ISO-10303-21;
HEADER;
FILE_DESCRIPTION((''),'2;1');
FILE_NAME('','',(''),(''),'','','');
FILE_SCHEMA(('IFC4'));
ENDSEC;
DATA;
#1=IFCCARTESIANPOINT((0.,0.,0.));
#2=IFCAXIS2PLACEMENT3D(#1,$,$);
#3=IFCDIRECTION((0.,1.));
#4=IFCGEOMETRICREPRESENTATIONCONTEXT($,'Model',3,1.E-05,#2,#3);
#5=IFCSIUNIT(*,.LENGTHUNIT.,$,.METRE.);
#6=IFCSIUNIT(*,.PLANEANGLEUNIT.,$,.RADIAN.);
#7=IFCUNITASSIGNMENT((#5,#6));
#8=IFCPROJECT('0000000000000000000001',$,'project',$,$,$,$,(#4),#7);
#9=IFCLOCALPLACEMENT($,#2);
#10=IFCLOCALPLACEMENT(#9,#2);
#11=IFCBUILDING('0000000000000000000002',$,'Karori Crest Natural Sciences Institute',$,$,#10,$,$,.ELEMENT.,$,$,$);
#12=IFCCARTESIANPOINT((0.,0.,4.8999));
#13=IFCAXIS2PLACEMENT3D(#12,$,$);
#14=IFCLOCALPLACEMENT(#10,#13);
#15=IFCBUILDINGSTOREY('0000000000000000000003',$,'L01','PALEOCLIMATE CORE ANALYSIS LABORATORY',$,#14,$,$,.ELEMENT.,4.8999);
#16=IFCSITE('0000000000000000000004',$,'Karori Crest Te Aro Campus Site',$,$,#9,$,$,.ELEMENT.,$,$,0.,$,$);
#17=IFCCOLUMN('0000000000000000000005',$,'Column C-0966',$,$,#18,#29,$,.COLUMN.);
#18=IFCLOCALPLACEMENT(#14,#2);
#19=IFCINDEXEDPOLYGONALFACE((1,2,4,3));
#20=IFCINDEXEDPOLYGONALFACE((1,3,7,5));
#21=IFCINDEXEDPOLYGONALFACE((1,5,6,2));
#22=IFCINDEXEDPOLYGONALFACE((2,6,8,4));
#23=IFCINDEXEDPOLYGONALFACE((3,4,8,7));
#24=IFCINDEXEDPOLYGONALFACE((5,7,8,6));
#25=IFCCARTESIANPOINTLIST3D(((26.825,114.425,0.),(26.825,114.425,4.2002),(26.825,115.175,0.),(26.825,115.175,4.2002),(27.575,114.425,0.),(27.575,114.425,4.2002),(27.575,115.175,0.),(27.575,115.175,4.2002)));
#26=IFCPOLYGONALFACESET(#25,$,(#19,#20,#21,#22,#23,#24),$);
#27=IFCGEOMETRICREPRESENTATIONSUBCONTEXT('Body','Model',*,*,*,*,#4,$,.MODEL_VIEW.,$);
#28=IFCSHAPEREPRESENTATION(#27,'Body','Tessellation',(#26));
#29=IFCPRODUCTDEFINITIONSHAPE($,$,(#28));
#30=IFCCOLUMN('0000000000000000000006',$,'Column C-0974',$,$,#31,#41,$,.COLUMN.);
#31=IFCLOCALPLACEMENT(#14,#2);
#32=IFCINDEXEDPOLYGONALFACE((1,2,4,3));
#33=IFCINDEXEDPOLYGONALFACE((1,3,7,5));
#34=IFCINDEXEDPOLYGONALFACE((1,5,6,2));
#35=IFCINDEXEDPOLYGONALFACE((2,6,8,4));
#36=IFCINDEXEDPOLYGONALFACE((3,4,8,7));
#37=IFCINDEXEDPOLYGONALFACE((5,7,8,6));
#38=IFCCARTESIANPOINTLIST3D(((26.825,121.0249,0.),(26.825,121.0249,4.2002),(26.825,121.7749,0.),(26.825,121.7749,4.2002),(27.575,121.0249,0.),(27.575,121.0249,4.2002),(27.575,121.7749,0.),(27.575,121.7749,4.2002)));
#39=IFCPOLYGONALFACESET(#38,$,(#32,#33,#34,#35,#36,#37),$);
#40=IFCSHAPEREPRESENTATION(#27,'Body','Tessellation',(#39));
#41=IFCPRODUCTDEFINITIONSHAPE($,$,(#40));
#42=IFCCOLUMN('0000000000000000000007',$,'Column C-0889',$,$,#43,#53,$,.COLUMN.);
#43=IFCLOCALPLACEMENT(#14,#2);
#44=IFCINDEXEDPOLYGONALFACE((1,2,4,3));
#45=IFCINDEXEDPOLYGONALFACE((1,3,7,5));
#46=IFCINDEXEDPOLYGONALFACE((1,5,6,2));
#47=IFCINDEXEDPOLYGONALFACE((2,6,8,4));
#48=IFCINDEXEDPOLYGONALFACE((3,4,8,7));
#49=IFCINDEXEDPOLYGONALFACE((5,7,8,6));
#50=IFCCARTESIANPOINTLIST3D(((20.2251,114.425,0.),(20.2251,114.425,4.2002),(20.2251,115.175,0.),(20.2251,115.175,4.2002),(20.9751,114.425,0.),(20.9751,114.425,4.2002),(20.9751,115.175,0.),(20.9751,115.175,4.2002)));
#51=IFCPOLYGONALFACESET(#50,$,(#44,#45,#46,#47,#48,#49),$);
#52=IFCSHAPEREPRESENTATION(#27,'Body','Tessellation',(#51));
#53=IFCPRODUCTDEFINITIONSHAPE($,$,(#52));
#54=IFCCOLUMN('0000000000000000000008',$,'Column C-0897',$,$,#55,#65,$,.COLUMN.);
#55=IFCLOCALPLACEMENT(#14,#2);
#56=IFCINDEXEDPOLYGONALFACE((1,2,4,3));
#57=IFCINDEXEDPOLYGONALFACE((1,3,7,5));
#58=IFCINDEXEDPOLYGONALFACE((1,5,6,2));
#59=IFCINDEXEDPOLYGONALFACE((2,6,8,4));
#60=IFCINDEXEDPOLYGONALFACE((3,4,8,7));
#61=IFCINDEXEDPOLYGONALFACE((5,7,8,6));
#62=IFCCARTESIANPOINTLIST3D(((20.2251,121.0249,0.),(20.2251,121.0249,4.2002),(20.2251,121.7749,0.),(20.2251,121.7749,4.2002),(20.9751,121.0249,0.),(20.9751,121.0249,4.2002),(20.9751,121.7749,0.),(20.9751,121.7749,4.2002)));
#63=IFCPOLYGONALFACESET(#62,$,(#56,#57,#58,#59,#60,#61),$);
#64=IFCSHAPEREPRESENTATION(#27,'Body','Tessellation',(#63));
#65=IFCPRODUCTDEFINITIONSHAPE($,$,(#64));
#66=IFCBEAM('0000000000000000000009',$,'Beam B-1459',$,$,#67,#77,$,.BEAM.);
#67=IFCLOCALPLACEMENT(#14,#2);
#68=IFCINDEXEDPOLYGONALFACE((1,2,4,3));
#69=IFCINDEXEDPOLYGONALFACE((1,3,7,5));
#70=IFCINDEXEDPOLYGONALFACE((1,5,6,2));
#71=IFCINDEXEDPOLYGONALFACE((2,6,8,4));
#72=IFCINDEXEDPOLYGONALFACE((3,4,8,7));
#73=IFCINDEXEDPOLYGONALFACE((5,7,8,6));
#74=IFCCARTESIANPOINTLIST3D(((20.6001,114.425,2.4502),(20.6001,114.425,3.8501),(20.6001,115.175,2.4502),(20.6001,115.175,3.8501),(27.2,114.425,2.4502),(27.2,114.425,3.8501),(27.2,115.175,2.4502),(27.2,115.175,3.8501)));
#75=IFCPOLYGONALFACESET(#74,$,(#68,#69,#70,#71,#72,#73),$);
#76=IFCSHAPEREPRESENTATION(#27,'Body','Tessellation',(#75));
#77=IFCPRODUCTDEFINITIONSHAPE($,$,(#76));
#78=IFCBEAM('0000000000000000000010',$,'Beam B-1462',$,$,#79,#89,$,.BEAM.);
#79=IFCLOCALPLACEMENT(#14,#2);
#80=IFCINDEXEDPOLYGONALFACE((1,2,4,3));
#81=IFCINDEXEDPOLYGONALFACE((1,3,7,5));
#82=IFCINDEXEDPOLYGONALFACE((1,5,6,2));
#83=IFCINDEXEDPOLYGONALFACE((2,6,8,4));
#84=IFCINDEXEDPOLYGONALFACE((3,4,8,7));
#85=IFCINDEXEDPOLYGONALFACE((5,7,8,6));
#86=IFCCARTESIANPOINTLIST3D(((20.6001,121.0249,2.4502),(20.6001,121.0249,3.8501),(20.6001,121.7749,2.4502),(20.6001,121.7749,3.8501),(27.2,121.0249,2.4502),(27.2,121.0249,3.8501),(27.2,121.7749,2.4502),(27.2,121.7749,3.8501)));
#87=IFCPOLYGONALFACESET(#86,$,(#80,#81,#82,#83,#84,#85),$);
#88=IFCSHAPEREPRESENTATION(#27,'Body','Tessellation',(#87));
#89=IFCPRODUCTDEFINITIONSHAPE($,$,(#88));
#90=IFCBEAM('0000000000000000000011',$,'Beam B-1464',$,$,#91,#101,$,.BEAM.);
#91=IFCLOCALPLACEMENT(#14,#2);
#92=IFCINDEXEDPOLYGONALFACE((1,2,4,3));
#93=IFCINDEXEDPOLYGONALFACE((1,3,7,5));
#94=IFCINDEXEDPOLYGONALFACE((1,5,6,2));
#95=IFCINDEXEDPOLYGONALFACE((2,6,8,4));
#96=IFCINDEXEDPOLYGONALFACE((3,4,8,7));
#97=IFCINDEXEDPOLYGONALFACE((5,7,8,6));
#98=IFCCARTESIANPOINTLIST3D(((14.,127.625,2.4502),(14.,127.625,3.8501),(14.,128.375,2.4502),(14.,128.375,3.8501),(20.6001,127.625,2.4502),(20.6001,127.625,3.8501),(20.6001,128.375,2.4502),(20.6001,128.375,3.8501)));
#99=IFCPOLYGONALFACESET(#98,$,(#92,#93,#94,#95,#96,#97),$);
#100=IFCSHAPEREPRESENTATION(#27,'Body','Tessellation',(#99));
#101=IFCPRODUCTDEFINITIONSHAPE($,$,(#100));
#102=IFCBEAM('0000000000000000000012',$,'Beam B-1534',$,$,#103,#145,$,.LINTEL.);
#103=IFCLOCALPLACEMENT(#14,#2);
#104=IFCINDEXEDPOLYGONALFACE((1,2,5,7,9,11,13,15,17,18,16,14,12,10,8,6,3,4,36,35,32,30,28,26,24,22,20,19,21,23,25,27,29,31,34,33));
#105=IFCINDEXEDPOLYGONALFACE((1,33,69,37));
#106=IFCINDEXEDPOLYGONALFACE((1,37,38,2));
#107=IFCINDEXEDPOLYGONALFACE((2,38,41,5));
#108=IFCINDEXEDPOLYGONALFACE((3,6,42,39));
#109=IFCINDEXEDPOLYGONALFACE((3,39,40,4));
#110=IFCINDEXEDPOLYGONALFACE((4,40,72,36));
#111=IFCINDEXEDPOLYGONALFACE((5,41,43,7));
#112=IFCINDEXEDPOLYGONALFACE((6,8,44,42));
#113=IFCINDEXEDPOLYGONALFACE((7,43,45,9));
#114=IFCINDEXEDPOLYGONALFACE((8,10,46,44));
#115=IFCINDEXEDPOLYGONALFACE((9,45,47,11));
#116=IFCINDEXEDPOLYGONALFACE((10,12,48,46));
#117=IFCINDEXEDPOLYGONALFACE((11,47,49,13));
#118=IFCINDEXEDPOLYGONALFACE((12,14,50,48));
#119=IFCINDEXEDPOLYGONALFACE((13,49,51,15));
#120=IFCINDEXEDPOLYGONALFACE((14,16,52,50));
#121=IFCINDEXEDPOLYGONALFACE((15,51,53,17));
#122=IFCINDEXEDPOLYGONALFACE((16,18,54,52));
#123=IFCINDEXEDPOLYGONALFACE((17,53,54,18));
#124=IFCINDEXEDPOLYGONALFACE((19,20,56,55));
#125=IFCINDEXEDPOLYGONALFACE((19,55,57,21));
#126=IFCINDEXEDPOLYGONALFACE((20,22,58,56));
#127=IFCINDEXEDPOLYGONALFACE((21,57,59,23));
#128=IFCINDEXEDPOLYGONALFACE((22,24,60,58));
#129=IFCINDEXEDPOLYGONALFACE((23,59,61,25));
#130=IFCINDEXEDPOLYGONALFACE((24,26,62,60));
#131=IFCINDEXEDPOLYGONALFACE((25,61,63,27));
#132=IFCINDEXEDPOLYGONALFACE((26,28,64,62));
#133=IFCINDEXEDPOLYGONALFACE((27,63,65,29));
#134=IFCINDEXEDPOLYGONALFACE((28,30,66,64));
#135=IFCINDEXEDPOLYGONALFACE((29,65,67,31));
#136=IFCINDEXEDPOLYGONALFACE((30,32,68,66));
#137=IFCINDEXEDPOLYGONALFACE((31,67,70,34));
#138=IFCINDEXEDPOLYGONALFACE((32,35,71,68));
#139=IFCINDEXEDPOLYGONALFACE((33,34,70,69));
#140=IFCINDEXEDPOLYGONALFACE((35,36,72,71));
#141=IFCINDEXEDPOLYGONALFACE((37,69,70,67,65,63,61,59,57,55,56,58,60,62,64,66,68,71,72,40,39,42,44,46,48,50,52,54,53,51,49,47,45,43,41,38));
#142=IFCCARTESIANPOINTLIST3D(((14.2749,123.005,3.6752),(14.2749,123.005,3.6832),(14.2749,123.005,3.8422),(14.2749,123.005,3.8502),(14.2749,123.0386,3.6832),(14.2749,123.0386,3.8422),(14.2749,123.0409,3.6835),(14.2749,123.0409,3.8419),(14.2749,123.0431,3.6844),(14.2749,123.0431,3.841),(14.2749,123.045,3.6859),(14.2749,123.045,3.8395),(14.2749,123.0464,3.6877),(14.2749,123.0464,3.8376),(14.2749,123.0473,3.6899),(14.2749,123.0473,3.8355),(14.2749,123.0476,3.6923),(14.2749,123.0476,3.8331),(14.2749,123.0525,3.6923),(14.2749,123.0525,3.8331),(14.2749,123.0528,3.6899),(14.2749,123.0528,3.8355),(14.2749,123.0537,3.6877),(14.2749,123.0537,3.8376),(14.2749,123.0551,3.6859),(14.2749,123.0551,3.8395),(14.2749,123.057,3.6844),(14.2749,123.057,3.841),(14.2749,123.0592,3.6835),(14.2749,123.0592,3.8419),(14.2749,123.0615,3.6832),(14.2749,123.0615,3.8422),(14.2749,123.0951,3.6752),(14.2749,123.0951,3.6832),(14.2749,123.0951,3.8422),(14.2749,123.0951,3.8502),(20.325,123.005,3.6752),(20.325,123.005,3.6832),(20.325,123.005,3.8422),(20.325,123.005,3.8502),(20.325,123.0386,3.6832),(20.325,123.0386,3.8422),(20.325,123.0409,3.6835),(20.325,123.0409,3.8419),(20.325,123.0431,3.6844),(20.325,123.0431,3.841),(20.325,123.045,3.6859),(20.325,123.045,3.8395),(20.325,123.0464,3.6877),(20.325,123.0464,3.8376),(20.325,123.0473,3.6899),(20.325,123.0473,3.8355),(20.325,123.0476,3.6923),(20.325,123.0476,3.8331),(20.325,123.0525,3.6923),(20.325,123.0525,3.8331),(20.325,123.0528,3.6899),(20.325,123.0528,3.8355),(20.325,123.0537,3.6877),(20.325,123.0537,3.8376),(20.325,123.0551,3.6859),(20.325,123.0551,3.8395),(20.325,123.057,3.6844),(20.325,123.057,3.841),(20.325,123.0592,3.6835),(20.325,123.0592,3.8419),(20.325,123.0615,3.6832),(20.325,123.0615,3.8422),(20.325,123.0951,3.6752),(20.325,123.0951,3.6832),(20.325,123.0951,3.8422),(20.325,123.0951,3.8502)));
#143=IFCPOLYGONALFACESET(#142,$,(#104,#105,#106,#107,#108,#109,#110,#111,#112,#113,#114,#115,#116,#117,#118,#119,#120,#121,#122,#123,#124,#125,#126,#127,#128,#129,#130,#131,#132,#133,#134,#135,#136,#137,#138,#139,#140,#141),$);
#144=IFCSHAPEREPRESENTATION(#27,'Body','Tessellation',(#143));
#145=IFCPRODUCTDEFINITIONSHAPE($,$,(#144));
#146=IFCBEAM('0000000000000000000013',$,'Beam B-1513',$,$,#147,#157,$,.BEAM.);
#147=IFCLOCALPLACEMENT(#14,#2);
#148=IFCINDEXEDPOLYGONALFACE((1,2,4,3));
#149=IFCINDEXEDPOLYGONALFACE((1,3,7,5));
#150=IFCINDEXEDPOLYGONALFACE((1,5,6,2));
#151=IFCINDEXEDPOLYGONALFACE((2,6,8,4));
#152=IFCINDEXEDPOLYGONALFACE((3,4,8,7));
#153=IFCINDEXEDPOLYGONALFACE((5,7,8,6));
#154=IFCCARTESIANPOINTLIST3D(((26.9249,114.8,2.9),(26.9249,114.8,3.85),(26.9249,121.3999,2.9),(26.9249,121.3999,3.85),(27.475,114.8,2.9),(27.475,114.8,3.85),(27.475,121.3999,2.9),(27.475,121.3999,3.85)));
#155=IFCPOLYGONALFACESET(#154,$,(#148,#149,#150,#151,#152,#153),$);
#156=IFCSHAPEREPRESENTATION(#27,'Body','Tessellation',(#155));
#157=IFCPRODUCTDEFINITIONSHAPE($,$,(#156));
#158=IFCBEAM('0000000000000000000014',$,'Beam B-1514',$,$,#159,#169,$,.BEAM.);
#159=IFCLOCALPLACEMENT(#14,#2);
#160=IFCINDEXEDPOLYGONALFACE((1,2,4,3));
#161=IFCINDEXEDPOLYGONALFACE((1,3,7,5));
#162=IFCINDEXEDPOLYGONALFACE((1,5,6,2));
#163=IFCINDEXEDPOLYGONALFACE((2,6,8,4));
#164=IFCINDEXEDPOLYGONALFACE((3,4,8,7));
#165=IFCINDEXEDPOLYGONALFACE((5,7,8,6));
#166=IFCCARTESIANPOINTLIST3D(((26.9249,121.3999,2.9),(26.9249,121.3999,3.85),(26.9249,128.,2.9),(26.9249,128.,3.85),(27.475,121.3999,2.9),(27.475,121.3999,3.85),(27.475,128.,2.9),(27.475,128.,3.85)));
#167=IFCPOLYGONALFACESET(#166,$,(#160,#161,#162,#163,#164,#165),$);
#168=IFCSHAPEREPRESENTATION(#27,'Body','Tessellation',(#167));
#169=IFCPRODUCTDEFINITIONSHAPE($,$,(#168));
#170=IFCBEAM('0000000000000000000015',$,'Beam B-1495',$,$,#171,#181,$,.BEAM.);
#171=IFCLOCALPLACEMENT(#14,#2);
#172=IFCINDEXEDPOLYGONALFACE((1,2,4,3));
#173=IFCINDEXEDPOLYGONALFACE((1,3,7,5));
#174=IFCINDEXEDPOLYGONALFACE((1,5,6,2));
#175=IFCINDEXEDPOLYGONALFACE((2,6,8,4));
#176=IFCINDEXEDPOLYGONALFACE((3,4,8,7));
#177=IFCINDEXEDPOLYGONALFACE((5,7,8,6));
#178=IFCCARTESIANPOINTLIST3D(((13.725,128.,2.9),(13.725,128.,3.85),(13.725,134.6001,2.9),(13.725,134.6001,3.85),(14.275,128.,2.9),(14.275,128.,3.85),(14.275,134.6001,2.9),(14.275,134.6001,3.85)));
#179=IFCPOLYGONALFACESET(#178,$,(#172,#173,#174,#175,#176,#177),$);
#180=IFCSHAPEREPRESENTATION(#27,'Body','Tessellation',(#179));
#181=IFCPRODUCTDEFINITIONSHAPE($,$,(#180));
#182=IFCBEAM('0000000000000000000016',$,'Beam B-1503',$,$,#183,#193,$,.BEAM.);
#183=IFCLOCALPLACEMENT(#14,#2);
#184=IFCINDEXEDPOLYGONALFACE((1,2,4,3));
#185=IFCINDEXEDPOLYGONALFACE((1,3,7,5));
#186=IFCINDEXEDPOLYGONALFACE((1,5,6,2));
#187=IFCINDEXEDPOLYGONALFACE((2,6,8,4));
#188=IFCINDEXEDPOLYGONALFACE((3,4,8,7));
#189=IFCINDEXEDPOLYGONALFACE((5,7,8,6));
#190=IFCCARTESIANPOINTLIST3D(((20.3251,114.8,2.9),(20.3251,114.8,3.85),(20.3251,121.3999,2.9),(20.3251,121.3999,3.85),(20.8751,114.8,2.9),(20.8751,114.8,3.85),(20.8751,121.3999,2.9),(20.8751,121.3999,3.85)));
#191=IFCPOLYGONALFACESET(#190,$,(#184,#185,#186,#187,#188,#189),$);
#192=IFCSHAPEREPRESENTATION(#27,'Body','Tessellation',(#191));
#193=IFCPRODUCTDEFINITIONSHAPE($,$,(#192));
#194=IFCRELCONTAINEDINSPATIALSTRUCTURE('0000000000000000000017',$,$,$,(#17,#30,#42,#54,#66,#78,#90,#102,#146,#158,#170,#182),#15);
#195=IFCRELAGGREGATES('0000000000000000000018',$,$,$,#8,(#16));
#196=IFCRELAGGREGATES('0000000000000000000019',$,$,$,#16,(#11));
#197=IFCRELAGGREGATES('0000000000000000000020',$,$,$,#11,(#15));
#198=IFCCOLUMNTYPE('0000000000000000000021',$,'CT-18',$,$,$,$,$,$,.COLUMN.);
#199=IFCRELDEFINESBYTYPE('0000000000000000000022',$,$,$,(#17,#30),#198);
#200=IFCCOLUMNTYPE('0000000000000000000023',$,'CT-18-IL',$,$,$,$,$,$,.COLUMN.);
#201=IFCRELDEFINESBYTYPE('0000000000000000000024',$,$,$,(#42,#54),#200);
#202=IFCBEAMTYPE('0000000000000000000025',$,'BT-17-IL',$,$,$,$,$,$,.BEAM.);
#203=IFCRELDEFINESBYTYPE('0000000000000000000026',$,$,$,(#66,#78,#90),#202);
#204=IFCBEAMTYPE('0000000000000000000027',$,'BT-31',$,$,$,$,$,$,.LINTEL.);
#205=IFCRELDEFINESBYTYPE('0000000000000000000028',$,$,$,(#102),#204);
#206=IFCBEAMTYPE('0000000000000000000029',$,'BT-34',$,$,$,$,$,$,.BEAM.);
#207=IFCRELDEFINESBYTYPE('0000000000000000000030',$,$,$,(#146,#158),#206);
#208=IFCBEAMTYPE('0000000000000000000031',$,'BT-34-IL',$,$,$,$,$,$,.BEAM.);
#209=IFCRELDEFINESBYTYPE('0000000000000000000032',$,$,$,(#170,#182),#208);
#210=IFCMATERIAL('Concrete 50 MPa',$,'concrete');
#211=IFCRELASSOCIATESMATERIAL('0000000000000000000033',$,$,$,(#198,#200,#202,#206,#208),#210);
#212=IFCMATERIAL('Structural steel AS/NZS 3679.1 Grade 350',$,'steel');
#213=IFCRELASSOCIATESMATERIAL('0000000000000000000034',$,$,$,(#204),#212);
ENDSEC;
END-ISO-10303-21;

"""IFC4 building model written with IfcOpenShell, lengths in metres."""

from ifc_helpers import new_model, si_unit, direction, frame, origin, origin_2d, place, context, subcontext, project, spatial, rectangle, i_section, extrude, material, material_profile, profile_set, type_object, element, save


model = new_model("IFC4")

# Units and contexts
model_context = context("Model", 3, precision=1e-05, world=origin(), true_north=direction((0.0, 1.0)))
body_context = subcontext(model_context, "Body", "Model", "MODEL_VIEW")
ifc_project = project(units=[si_unit("LENGTHUNIT", "METRE"), si_unit("PLANEANGLEUNIT", "RADIAN")], contexts=[model_context])

# Site, building, storey
site_placement = place(None, origin())
site = spatial("IfcSite", under=ifc_project, at=site_placement, Name="Karori Crest Te Aro Campus Site", CompositionType="ELEMENT", RefElevation=0.0)
building_placement = place(site_placement, origin())
building = spatial("IfcBuilding", under=site, at=building_placement, Name="Karori Crest Natural Sciences Institute", CompositionType="ELEMENT")
storey_placement = place(building_placement, frame((0.0, 0.0, 4.8999)))
storey = spatial("IfcBuildingStorey", under=building, at=storey_placement, Name="L01", Description="PALEOCLIMATE CORE ANALYSIS LABORATORY", CompositionType="ELEMENT", Elevation=4.8999)

# Columns
ifc_material_1 = material(Name="Concrete 50 MPa", Category="concrete")
ifc_material_profile_1 = material_profile(ifc_material_1, rectangle(XDim=0.75, YDim=0.75, at=origin_2d()), Name="RC750x750")
ifc_profile_set_1 = profile_set([ifc_material_profile_1], Name="Concrete 50 MPa")
column_type_1 = type_object("IfcColumnType", Name="CT-18", PredefinedType="COLUMN", material=ifc_profile_set_1)
for number, where, z_axis, x_axis, name in (
    (1, (27.2, 114.8, 0.0), (0.0, 0.0, 1.0), (1.0, 0.0, 0.0), "Column C-0966"),
    (2, (27.2, 121.3999, 0.0), (0.0, 0.0, 1.0), (1.0, 0.0, 0.0), "Column C-0974"),
):
    element("IfcColumn", number, at=place(storey_placement, frame(where, z_axis=z_axis, x_axis=x_axis)), inside=storey, type_object=column_type_1, Name=name, PredefinedType="COLUMN", context=body_context, shape_type="SweptSolid", body=[
        extrude(rectangle(XDim=0.75, YDim=0.75, at=origin_2d()), origin(), (0.0, 0.0, 1.0), 4.2002),
    ])
ifc_material_profile_2 = material_profile(ifc_material_1, rectangle(XDim=0.75, YDim=0.75, at=origin_2d()), Name="RC750x750")
ifc_profile_set_2 = profile_set([ifc_material_profile_2], Name="Concrete 50 MPa")
column_type_2 = type_object("IfcColumnType", Name="CT-18-IL", PredefinedType="COLUMN", material=ifc_profile_set_2)
for number, where, z_axis, x_axis, name in (
    (3, (20.6001, 114.8, 0.0), (0.0, 0.0, 1.0), (1.0, 0.0, 0.0), "Column C-0889"),
    (4, (20.6001, 121.3999, 0.0), (0.0, 0.0, 1.0), (1.0, 0.0, 0.0), "Column C-0897"),
):
    element("IfcColumn", number, at=place(storey_placement, frame(where, z_axis=z_axis, x_axis=x_axis)), inside=storey, type_object=column_type_2, Name=name, PredefinedType="COLUMN", context=body_context, shape_type="SweptSolid", body=[
        extrude(rectangle(XDim=0.75, YDim=0.75, at=origin_2d()), origin(), (0.0, 0.0, 1.0), 4.2002),
    ])

# Beams
ifc_material_profile_3 = material_profile(ifc_material_1, rectangle(XDim=0.75, YDim=1.3999, at=origin_2d()), Name="RCB750x1400")
ifc_profile_set_3 = profile_set([ifc_material_profile_3], Name="Concrete 50 MPa")
beam_type_1 = type_object("IfcBeamType", Name="BT-17-IL", PredefinedType="BEAM", material=ifc_profile_set_3)
for number, where, z_axis, x_axis, name in (
    (5, (20.6001, 114.8, 3.1501), (1.0, 0.0, 0.0), (0.0, 1.0, 0.0), "Beam B-1459"),
    (6, (20.6001, 121.3999, 3.1501), (1.0, 0.0, 0.0), (0.0, 1.0, 0.0), "Beam B-1462"),
):
    element("IfcBeam", number, at=place(storey_placement, frame(where, z_axis=z_axis, x_axis=x_axis)), inside=storey, type_object=beam_type_1, Name=name, PredefinedType="BEAM", context=body_context, shape_type="SweptSolid", body=[
        extrude(rectangle(XDim=0.75, YDim=1.3999, at=origin_2d()), origin(), (0.0, 0.0, 1.0), 6.5999),
    ])
beam_1_placement = place(storey_placement, frame((14.0, 128.0, 3.1501), z_axis=(1.0, 0.0, 0.0), x_axis=(0.0, 1.0, 0.0)))
element("IfcBeam", 7, at=beam_1_placement, inside=storey, type_object=beam_type_1, Name="Beam B-1464", PredefinedType="BEAM", context=body_context, shape_type="SweptSolid", body=[
    extrude(rectangle(XDim=0.75, YDim=1.3999, at=origin_2d()), origin(), (0.0, 0.0, 1.0), 6.6001),
])
ifc_material_2 = material(Name="Structural steel AS/NZS 3679.1 Grade 350", Category="steel")
ifc_material_profile_4 = material_profile(ifc_material_2, i_section(OverallWidth=0.0901, OverallDepth=0.175, WebThickness=0.0049, FlangeThickness=0.0081, FilletRadius=0.009, at=origin_2d()), Name="180UB18.1")
ifc_profile_set_4 = profile_set([ifc_material_profile_4], Name="Structural steel AS/NZS 3679.1 Grade 350")
beam_type_2 = type_object("IfcBeamType", Name="BT-31", PredefinedType="LINTEL", material=ifc_profile_set_4)
beam_2_placement = place(storey_placement, frame((14.2749, 123.05, 3.7627), z_axis=(1.0, 0.0, 0.0), x_axis=(0.0, 1.0, 0.0)))
element("IfcBeam", 8, at=beam_2_placement, inside=storey, type_object=beam_type_2, Name="Beam B-1534", PredefinedType="LINTEL", context=body_context, shape_type="SweptSolid", body=[
    extrude(i_section(OverallWidth=0.0901, OverallDepth=0.175, WebThickness=0.0049, FlangeThickness=0.0081, FilletRadius=0.009, at=origin_2d()), origin(), (0.0, 0.0, 1.0), 6.05),
])
ifc_material_profile_5 = material_profile(ifc_material_1, rectangle(XDim=0.55, YDim=0.95, at=origin_2d()), Name="RCB550x950")
ifc_profile_set_5 = profile_set([ifc_material_profile_5], Name="Concrete 50 MPa")
beam_type_3 = type_object("IfcBeamType", Name="BT-34", PredefinedType="BEAM", material=ifc_profile_set_5)
beam_3_placement = place(storey_placement, frame((27.2, 114.8, 3.375), z_axis=(0.0, 1.0, 0.0), x_axis=(-1.0, 0.0, 0.0)))
element("IfcBeam", 9, at=beam_3_placement, inside=storey, type_object=beam_type_3, Name="Beam B-1513", PredefinedType="BEAM", context=body_context, shape_type="SweptSolid", body=[
    extrude(rectangle(XDim=0.55, YDim=0.95, at=origin_2d()), origin(), (0.0, 0.0, 1.0), 6.5999),
])
beam_4_placement = place(storey_placement, frame((27.2, 121.3999, 3.375), z_axis=(0.0, 1.0, 0.0), x_axis=(-1.0, 0.0, 0.0)))
element("IfcBeam", 10, at=beam_4_placement, inside=storey, type_object=beam_type_3, Name="Beam B-1514", PredefinedType="BEAM", context=body_context, shape_type="SweptSolid", body=[
    extrude(rectangle(XDim=0.55, YDim=0.95, at=origin_2d()), origin(), (0.0, 0.0, 1.0), 6.6001),
])
ifc_material_profile_6 = material_profile(ifc_material_1, rectangle(XDim=0.55, YDim=0.95, at=origin_2d()), Name="RCB550x950")
ifc_profile_set_6 = profile_set([ifc_material_profile_6], Name="Concrete 50 MPa")
beam_type_4 = type_object("IfcBeamType", Name="BT-34-IL", PredefinedType="BEAM", material=ifc_profile_set_6)
beam_5_placement = place(storey_placement, frame((14.0, 128.0, 3.375), z_axis=(0.0, 1.0, 0.0), x_axis=(-1.0, 0.0, 0.0)))
element("IfcBeam", 11, at=beam_5_placement, inside=storey, type_object=beam_type_4, Name="Beam B-1495", PredefinedType="BEAM", context=body_context, shape_type="SweptSolid", body=[
    extrude(rectangle(XDim=0.55, YDim=0.95, at=origin_2d()), origin(), (0.0, 0.0, 1.0), 6.6001),
])
beam_6_placement = place(storey_placement, frame((20.6001, 114.8, 3.375), z_axis=(0.0, 1.0, 0.0), x_axis=(-1.0, 0.0, 0.0)))
element("IfcBeam", 12, at=beam_6_placement, inside=storey, type_object=beam_type_4, Name="Beam B-1503", PredefinedType="BEAM", context=body_context, shape_type="SweptSolid", body=[
    extrude(rectangle(XDim=0.55, YDim=0.95, at=origin_2d()), origin(), (0.0, 0.0, 1.0), 6.5999),
])

save(model, "model.ifc")
